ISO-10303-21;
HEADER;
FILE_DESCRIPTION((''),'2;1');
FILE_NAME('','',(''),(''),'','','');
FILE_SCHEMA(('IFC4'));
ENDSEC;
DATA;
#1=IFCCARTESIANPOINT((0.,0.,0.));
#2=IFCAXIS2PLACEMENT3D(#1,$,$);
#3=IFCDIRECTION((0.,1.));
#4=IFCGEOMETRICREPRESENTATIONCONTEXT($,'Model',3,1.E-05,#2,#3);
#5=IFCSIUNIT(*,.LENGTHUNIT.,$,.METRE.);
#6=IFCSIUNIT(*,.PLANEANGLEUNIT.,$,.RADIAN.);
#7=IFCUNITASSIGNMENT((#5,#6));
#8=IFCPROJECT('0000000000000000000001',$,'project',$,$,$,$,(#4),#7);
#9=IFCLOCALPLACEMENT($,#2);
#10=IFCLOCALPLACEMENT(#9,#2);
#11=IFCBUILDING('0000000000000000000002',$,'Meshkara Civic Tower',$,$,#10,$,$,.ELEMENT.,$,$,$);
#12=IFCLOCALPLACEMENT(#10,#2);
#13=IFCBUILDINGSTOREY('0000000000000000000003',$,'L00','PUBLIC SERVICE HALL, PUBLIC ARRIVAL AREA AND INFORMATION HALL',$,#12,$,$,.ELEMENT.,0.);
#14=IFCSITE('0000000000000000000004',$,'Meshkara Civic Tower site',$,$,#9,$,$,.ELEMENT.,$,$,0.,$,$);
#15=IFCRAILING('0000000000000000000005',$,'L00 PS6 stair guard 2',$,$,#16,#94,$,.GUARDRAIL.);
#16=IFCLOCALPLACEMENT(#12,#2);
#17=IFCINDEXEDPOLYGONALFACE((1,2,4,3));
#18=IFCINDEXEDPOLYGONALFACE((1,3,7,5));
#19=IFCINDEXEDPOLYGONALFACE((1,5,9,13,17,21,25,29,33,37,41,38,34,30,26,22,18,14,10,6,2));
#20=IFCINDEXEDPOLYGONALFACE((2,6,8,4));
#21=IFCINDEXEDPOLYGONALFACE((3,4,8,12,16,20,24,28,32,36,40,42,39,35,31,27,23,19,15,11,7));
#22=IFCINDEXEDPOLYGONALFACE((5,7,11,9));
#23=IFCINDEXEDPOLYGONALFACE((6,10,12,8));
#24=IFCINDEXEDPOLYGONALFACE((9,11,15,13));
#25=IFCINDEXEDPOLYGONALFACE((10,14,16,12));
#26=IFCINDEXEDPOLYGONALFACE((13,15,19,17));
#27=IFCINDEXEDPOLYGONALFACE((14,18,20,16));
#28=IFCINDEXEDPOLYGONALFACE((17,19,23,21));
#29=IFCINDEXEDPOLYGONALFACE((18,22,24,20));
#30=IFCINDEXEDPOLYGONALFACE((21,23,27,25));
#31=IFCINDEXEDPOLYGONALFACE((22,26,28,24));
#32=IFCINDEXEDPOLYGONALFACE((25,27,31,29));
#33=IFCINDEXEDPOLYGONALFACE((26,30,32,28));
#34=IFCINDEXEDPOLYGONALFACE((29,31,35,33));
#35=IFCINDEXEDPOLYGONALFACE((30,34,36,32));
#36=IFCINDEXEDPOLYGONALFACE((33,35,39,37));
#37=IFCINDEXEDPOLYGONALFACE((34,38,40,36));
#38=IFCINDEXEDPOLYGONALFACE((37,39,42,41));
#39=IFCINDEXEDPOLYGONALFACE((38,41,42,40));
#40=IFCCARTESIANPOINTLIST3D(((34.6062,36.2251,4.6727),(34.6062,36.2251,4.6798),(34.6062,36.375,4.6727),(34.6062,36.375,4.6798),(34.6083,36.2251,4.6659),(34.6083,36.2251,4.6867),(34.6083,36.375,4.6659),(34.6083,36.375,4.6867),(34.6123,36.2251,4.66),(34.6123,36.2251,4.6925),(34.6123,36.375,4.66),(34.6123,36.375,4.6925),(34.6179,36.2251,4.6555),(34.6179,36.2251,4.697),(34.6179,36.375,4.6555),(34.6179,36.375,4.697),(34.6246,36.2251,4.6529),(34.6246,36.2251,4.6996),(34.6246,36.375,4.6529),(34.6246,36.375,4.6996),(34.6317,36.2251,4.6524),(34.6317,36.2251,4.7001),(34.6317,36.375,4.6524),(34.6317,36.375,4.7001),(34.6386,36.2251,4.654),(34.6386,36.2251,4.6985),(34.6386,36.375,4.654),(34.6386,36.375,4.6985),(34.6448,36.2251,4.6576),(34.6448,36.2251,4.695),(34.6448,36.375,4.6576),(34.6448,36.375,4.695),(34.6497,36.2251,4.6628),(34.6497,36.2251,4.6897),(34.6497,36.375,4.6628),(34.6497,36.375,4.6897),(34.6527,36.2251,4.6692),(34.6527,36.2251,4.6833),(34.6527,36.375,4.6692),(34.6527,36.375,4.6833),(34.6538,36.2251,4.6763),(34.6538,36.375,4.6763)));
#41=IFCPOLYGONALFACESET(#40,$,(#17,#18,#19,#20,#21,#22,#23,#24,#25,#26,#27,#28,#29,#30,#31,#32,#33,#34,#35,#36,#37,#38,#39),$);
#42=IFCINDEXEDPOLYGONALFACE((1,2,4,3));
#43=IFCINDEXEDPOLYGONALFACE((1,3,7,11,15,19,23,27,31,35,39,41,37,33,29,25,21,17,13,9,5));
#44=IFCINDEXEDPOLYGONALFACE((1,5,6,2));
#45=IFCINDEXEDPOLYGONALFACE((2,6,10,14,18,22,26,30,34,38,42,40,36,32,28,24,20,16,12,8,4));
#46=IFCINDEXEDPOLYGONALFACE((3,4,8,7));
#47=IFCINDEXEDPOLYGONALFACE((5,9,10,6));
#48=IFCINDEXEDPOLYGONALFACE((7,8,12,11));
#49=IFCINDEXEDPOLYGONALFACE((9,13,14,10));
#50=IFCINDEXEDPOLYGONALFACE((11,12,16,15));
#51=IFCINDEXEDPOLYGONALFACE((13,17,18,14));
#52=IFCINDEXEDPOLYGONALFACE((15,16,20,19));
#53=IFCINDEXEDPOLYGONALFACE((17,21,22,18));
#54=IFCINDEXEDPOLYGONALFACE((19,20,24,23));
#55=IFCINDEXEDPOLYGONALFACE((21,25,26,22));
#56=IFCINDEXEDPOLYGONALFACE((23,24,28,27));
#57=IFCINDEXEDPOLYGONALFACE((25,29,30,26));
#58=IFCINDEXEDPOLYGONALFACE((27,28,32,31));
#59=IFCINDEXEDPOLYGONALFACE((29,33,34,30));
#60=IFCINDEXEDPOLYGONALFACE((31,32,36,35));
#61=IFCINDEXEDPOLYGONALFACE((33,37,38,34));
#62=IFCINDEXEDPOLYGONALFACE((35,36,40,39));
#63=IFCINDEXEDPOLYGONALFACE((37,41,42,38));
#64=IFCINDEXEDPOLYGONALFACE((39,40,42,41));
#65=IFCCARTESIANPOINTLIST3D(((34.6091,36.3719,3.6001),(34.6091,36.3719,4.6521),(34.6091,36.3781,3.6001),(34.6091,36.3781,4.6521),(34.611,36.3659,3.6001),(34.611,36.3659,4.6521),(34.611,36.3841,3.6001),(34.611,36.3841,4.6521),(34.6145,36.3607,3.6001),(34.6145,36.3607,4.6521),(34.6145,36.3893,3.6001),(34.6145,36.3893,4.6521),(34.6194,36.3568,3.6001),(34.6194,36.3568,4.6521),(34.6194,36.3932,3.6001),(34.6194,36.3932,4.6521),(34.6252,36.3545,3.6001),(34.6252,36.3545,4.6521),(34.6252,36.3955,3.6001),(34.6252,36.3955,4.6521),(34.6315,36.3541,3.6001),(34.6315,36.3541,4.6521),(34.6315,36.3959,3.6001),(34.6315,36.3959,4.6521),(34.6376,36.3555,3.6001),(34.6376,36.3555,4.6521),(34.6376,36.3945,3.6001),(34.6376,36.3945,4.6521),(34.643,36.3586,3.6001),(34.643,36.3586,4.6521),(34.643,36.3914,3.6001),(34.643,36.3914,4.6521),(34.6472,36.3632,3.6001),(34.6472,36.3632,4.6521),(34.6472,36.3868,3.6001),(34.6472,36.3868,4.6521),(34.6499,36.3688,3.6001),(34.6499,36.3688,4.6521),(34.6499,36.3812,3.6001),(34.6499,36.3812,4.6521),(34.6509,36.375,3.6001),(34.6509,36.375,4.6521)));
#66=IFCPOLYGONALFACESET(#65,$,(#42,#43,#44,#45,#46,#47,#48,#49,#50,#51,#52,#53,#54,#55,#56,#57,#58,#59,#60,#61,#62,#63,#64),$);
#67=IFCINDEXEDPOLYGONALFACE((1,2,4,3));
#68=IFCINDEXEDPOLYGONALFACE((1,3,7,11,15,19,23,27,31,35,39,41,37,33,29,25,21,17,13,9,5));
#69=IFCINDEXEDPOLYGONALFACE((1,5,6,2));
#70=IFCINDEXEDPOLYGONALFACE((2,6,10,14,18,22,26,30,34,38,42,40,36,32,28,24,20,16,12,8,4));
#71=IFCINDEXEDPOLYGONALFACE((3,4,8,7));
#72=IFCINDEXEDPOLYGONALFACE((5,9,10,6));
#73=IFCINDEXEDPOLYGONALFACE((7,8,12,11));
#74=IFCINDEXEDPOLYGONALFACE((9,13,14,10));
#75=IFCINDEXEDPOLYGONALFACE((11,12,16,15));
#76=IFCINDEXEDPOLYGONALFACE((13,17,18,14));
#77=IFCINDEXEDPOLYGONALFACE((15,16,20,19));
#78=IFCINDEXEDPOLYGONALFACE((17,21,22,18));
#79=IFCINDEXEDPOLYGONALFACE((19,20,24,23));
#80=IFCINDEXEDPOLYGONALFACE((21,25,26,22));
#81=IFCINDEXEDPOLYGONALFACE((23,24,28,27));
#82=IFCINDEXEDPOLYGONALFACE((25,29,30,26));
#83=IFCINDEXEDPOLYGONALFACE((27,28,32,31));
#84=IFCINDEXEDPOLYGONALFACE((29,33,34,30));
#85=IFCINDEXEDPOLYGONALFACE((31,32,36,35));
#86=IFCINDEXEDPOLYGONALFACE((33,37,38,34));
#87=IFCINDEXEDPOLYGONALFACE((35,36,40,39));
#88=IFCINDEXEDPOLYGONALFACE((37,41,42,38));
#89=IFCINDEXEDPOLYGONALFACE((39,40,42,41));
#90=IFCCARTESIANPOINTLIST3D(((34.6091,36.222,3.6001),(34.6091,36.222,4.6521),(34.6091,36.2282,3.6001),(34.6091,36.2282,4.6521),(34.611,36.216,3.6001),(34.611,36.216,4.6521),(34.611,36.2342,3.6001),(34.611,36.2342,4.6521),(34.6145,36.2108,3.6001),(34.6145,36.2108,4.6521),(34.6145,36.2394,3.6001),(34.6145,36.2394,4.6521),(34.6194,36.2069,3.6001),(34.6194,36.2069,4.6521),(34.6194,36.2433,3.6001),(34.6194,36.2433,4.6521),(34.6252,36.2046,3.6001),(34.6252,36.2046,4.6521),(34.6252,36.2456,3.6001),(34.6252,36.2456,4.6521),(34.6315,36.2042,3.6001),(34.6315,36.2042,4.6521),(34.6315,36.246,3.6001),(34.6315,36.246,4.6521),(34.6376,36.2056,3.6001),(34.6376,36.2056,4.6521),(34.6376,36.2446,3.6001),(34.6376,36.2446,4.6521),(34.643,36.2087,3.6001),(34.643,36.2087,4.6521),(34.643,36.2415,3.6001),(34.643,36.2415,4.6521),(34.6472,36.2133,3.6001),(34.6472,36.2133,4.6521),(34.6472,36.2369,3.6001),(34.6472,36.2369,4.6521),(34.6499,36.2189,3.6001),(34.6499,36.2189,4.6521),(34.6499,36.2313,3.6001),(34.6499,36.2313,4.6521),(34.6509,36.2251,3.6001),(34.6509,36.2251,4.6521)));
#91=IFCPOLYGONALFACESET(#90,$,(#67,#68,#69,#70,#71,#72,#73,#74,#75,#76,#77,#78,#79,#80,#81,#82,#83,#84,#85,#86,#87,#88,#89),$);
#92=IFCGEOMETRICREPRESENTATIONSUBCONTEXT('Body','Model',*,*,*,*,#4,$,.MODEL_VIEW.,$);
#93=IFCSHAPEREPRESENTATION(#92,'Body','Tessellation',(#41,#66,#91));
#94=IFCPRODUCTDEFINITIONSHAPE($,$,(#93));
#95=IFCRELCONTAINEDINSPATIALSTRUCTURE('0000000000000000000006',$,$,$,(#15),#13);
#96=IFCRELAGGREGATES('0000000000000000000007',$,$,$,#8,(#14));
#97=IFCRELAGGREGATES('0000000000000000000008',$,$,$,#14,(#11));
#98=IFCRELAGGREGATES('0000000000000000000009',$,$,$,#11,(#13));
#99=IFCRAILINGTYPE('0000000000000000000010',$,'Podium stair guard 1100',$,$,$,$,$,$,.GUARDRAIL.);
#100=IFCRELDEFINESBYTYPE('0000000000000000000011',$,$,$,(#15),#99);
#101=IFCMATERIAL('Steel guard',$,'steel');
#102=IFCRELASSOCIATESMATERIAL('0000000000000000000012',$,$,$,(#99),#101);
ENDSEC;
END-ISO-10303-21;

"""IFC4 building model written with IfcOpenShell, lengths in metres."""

from ifc_helpers import new_model, si_unit, direction, frame, origin, origin_2d, place, context, subcontext, project, spatial, circle, extrude, material, type_object, element, save


model = new_model("IFC4")

# Units and contexts
model_context = context("Model", 3, precision=1e-05, world=origin(), true_north=direction((0.0, 1.0)))
body_context = subcontext(model_context, "Body", "Model", "MODEL_VIEW")
ifc_project = project(units=[si_unit("LENGTHUNIT", "METRE"), si_unit("PLANEANGLEUNIT", "RADIAN")], contexts=[model_context])

# Site, building, storey
site_placement = place(None, origin())
site = spatial("IfcSite", under=ifc_project, at=site_placement, Name="Meshkara Civic Tower site", CompositionType="ELEMENT", RefElevation=0.0)
building_placement = place(site_placement, origin())
building = spatial("IfcBuilding", under=site, at=building_placement, Name="Meshkara Civic Tower", CompositionType="ELEMENT")
storey_placement = place(building_placement, origin())
storey = spatial("IfcBuildingStorey", under=building, at=storey_placement, Name="L00", Description="PUBLIC SERVICE HALL, PUBLIC ARRIVAL AREA AND INFORMATION HALL", CompositionType="ELEMENT", Elevation=0.0)

# Railing
ifc_material_1 = material(Name="Steel guard", Category="steel")
railing_type_1 = type_object("IfcRailingType", Name="Podium stair guard 1100", PredefinedType="GUARDRAIL", material=ifc_material_1)
railing_1_placement = place(storey_placement, frame((34.6299, 36.375, 3.6001)))
element("IfcRailing", 1, at=railing_1_placement, inside=storey, type_object=railing_type_1, Name="L00 PS6 stair guard 2", PredefinedType="GUARDRAIL", context=body_context, shape_type="SweptSolid", body=[
    extrude(circle(Radius=0.0239, at=origin_2d()), frame((0.0, 0.0, 1.0762), z_axis=(0.0, -1.0, 0.0), x_axis=(1.0, 0.0, 0.0)), (0.0, 0.0, 1.0), 0.1499),
    extrude(circle(Radius=0.021, at=origin_2d()), origin(), (0.0, 0.0, 1.0), 1.052),
    extrude(circle(Radius=0.021, at=origin_2d()), frame((0.0, -0.1499, 0.0)), (0.0, 0.0, 1.0), 1.052),
])

save(model, "model.ifc")
